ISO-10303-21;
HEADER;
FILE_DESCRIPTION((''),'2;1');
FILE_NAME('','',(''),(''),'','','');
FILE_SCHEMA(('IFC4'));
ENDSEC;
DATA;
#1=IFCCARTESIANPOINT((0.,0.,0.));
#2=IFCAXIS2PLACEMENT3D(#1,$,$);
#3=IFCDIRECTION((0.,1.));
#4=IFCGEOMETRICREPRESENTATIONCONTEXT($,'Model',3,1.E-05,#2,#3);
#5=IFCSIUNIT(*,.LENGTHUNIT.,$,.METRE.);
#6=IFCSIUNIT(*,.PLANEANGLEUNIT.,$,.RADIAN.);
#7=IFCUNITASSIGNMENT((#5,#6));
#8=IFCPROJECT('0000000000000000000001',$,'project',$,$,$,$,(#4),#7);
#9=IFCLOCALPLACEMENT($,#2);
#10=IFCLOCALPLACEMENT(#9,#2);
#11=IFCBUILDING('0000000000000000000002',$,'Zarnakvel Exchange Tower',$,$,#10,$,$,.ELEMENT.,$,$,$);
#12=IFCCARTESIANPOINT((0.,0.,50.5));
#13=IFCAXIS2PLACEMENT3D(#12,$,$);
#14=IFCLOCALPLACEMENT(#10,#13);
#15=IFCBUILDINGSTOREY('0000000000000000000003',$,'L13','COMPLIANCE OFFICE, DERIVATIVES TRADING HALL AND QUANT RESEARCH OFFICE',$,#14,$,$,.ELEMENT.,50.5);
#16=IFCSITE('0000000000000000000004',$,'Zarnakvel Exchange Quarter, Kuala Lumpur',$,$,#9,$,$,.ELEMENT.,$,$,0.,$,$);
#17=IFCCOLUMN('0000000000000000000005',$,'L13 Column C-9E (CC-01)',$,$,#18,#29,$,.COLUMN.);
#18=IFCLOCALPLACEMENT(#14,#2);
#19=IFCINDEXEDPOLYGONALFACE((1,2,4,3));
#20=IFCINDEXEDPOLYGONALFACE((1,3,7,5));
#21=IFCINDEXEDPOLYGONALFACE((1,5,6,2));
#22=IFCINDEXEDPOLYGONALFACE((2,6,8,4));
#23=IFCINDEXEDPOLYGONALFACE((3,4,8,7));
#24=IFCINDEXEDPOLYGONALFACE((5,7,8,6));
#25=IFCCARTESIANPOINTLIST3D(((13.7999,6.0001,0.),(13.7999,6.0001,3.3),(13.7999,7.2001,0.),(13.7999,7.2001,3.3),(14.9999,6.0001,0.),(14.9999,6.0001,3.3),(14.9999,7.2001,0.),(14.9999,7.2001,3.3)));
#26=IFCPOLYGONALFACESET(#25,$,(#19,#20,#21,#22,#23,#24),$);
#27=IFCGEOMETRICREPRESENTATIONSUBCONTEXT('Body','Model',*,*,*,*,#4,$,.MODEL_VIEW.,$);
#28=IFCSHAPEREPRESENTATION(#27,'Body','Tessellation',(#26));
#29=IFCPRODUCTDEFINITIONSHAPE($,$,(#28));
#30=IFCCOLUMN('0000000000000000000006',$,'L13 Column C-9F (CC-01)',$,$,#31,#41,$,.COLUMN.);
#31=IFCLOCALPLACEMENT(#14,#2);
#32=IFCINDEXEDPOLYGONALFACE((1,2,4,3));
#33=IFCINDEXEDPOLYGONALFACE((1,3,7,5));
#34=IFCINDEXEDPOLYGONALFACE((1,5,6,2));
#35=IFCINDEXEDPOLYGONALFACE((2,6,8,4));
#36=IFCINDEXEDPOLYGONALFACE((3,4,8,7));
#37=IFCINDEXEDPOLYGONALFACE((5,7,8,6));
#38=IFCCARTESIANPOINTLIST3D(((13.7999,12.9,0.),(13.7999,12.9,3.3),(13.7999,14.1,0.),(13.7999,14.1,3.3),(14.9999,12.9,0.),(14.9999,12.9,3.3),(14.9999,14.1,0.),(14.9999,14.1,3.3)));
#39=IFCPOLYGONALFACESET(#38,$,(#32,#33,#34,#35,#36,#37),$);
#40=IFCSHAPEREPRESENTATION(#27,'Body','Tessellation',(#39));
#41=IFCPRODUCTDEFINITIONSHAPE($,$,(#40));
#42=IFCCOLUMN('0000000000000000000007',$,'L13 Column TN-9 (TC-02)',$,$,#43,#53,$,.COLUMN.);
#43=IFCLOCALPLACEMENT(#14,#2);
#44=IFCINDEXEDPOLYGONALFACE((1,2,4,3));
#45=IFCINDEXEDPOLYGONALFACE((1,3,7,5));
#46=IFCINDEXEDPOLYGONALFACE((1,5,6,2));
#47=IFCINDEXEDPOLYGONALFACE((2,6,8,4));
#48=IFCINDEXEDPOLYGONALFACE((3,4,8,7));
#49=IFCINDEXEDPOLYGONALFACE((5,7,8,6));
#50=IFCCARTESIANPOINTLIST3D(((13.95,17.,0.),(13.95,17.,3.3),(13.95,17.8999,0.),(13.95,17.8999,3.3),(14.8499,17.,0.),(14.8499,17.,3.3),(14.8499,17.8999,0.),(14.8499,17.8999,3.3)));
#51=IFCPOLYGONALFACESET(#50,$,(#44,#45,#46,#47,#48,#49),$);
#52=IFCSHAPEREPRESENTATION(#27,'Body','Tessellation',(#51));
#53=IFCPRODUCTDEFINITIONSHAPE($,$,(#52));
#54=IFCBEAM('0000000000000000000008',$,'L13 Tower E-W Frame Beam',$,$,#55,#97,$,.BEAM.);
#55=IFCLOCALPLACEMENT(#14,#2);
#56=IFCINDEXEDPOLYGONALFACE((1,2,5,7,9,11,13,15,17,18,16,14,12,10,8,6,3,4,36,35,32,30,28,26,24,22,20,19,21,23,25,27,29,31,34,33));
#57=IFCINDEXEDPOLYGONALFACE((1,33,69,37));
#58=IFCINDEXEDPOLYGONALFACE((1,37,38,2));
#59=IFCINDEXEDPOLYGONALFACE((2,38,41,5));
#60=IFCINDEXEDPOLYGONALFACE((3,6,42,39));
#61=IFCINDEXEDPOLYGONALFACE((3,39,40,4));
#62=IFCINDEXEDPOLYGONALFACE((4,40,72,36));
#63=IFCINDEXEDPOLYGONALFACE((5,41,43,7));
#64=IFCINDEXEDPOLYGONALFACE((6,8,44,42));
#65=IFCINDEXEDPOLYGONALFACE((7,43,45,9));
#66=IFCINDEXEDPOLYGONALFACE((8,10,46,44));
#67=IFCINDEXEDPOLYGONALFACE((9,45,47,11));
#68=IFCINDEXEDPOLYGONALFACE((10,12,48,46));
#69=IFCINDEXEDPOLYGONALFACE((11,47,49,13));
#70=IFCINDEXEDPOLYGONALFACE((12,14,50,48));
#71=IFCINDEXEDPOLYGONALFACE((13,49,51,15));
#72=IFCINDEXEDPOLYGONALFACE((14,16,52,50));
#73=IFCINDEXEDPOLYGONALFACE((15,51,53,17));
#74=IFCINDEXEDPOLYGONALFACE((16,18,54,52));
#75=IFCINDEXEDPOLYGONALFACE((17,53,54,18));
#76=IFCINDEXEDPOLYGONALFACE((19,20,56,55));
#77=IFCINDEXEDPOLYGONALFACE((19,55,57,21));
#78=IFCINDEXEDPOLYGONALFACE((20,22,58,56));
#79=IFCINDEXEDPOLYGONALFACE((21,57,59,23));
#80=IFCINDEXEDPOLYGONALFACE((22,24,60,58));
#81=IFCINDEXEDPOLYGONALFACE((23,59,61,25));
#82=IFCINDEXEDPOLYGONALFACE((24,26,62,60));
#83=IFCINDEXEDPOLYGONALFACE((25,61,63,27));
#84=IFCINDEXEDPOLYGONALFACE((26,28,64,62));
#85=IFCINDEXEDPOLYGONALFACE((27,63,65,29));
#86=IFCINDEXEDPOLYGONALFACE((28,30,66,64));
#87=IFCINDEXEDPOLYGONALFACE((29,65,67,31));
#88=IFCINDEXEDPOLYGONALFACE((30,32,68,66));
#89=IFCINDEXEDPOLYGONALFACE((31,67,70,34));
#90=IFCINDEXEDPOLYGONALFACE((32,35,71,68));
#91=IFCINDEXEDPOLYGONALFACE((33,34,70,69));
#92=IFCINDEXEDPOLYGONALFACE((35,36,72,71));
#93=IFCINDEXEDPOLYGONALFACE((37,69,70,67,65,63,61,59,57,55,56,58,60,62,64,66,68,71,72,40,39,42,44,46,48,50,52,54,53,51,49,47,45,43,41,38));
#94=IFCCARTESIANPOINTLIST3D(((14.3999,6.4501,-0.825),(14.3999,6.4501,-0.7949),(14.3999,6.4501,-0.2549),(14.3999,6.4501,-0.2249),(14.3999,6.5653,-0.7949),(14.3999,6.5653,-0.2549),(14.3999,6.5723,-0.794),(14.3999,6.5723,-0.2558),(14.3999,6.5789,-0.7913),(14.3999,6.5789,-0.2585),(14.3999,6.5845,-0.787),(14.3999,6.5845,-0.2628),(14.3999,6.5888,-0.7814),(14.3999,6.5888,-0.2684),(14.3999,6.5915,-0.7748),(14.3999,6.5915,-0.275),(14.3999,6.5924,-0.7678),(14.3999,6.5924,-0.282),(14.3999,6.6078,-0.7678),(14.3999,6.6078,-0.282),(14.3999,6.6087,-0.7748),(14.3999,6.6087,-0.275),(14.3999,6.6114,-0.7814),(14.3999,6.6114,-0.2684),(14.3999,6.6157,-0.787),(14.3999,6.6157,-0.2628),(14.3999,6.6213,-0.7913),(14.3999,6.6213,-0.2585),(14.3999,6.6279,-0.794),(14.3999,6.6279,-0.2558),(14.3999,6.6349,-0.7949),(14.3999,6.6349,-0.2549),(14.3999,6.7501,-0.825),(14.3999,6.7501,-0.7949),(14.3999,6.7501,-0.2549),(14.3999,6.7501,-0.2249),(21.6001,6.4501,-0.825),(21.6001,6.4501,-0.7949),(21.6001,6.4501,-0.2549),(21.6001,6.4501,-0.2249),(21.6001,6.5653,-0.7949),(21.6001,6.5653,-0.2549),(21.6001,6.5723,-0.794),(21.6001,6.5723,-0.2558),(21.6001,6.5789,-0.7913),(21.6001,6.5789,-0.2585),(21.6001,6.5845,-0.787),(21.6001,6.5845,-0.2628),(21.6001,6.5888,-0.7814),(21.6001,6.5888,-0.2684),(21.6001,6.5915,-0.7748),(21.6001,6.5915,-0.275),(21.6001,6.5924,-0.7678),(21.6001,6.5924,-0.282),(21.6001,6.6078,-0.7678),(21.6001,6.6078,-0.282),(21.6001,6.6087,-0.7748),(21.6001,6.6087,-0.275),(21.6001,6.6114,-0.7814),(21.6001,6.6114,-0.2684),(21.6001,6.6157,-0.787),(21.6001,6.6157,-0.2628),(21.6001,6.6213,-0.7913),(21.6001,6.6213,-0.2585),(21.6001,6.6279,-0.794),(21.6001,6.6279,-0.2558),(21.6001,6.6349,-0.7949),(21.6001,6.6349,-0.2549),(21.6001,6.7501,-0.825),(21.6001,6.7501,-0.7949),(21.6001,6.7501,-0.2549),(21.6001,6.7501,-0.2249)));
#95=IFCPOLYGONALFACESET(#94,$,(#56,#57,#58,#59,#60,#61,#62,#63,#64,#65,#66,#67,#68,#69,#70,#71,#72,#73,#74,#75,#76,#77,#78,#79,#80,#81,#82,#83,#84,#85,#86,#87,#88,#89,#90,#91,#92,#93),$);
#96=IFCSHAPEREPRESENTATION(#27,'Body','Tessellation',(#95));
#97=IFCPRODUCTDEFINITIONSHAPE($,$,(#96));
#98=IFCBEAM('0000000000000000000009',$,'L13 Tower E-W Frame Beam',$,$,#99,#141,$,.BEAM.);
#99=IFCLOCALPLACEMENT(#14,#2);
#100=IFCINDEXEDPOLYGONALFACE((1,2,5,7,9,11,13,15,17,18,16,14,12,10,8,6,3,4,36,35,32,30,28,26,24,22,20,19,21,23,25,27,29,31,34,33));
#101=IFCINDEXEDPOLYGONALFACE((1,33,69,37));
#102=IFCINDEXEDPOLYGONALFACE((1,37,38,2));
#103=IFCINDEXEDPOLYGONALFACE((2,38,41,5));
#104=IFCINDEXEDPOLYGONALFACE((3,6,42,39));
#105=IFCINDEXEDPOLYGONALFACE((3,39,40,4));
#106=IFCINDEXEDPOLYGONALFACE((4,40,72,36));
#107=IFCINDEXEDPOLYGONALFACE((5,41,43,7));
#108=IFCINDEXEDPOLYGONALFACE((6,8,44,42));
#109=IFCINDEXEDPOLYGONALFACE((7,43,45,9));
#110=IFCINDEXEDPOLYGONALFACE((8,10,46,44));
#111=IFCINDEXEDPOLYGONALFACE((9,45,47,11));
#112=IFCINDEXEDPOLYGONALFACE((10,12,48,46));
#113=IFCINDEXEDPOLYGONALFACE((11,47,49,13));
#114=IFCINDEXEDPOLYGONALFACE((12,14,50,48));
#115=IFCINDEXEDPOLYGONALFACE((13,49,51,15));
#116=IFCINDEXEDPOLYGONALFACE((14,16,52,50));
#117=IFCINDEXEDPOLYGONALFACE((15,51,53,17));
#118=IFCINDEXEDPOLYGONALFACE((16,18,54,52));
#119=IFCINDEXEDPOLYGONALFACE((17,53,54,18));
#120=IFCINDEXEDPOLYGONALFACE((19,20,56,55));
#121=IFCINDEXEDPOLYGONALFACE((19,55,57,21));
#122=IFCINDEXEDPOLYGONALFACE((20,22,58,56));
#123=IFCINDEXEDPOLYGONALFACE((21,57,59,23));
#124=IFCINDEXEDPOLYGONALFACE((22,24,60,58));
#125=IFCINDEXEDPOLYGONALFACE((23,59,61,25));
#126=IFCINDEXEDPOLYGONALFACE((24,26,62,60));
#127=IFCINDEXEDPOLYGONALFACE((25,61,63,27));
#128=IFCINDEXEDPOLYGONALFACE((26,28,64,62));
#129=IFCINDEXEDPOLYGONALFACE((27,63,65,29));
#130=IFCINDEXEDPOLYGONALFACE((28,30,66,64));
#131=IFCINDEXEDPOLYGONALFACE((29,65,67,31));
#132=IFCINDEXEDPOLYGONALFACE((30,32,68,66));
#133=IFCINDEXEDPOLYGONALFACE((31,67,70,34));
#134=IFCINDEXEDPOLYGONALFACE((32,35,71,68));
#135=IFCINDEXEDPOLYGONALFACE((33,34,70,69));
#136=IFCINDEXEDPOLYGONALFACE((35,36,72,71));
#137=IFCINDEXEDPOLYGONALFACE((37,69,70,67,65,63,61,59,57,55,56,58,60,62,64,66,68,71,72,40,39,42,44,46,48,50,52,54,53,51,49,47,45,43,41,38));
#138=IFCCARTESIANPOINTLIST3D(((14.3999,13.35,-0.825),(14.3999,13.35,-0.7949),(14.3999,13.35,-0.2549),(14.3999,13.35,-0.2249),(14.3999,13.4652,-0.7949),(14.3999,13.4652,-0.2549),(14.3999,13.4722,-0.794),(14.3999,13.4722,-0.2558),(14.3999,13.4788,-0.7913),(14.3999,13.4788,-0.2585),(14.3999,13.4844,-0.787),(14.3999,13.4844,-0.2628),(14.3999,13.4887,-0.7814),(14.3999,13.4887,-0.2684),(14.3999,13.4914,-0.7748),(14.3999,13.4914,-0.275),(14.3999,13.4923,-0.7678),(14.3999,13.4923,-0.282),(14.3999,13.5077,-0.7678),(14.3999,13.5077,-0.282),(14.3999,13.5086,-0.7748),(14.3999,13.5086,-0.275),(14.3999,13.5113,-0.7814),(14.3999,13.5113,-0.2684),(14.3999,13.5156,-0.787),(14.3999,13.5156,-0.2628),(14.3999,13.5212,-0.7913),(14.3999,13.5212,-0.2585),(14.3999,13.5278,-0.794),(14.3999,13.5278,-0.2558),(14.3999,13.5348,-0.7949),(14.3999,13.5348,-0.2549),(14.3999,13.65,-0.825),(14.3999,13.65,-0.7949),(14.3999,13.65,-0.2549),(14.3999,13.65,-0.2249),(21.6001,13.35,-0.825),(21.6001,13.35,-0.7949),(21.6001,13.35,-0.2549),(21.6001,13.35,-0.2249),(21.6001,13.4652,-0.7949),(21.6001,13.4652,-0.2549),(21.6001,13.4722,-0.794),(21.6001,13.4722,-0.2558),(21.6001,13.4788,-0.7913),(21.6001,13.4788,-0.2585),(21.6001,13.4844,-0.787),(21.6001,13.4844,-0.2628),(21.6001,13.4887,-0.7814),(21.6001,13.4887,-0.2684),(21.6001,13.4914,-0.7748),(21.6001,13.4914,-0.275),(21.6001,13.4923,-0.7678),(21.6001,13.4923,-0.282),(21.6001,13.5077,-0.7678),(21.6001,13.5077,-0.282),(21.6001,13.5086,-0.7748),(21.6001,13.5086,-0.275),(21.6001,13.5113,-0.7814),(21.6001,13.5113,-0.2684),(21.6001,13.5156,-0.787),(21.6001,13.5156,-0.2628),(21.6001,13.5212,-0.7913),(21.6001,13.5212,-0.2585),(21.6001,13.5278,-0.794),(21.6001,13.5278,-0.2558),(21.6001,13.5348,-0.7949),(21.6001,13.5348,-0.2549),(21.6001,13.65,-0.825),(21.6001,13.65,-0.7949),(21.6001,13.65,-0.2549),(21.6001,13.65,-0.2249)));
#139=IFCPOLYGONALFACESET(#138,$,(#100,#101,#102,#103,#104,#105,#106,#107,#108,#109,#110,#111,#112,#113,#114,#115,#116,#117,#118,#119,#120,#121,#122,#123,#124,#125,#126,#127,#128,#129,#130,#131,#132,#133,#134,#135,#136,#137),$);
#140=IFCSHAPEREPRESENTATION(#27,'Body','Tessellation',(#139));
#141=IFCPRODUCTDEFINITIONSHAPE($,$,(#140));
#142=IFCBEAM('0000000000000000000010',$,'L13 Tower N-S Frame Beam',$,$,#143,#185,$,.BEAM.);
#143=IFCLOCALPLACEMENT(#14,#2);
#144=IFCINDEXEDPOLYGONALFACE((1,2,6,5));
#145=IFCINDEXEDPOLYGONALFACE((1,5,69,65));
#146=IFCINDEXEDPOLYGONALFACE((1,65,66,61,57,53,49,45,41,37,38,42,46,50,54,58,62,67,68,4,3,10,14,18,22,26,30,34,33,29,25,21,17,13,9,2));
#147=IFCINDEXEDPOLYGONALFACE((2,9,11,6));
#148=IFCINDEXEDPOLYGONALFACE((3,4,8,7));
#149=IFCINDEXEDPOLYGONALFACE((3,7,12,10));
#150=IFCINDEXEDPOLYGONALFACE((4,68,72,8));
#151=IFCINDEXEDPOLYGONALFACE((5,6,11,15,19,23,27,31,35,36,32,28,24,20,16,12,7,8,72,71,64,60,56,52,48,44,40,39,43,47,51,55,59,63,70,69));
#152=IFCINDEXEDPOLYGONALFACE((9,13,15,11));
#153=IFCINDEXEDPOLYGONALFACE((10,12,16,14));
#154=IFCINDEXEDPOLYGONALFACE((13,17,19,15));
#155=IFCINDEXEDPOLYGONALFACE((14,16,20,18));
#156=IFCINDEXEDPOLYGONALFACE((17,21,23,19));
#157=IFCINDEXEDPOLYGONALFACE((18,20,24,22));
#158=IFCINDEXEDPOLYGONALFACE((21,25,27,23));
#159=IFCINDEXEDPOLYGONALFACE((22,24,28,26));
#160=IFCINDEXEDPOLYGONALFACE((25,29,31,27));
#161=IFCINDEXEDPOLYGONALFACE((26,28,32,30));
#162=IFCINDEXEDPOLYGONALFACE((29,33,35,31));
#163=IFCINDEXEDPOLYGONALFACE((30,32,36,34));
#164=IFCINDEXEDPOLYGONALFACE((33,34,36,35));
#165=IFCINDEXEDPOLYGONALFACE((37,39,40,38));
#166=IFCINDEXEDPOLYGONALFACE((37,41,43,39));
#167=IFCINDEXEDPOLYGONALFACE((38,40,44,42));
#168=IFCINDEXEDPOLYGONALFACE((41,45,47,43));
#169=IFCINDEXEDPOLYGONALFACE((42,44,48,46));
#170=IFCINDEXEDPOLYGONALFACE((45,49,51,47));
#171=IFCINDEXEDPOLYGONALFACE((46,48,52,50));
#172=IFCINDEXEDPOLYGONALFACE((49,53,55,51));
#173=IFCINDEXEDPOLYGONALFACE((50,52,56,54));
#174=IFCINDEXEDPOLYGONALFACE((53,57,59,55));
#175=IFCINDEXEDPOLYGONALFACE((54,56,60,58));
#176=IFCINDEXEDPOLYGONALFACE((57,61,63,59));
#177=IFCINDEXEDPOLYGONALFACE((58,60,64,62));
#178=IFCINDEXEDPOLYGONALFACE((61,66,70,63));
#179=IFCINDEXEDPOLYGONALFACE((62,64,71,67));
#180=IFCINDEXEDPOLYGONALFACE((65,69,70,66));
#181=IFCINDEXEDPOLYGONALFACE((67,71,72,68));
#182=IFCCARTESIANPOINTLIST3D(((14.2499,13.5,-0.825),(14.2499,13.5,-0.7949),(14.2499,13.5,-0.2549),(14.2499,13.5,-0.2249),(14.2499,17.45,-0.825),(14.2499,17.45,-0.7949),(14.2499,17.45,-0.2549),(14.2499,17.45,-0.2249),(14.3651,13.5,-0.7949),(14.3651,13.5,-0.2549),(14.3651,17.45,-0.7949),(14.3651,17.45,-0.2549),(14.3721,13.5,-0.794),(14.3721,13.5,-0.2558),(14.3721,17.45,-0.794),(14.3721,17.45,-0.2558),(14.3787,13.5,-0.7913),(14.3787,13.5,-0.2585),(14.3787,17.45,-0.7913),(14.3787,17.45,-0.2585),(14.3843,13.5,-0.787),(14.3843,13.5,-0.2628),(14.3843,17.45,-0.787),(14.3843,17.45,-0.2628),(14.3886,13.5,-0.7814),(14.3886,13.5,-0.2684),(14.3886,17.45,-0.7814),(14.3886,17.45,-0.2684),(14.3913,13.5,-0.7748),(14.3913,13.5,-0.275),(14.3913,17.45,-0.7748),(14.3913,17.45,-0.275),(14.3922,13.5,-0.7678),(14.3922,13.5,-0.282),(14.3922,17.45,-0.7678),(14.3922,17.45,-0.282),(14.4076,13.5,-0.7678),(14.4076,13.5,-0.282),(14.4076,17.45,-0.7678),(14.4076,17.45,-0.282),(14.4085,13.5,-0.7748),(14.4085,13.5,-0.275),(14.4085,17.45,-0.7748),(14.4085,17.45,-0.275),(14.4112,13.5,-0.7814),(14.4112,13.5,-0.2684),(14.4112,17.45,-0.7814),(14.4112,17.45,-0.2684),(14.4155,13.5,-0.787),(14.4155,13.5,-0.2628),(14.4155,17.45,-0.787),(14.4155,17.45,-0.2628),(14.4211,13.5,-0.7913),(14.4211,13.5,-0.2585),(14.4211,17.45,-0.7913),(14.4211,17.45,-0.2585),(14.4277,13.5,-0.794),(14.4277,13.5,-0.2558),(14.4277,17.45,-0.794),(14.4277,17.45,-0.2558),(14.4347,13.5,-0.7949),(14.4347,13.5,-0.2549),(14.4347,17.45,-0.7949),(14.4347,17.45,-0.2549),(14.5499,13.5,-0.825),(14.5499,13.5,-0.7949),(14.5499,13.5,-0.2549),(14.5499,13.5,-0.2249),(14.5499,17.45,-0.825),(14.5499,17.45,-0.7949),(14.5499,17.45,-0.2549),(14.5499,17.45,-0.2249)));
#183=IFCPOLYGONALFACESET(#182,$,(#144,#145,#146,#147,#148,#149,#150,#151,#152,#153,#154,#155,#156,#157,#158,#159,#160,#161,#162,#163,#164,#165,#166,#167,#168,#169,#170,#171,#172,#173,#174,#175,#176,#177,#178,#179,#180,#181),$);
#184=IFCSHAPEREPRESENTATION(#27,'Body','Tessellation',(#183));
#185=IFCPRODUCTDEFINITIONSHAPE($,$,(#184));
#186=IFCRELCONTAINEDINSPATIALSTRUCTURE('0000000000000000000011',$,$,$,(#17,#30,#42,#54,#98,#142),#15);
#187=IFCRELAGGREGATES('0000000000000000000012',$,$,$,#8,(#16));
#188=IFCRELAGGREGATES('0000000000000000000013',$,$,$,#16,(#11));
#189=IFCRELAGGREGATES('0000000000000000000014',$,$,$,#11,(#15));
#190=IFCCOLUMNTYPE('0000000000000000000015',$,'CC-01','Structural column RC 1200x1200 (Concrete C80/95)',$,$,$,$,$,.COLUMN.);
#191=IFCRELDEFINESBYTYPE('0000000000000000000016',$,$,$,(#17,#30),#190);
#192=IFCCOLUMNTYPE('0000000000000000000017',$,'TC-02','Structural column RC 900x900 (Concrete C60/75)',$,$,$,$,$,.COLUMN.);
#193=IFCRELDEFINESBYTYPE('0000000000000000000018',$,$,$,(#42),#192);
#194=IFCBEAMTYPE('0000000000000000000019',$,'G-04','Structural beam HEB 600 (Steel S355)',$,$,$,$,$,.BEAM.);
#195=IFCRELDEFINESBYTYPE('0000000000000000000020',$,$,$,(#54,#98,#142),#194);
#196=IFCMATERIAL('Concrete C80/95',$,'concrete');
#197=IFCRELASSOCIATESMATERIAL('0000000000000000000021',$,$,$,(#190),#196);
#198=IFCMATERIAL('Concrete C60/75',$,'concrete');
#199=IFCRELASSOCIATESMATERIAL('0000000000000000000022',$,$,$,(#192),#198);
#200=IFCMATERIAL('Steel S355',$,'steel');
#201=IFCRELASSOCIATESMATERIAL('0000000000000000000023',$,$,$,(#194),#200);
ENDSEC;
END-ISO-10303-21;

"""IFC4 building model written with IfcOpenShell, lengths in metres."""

from ifc_helpers import new_model, si_unit, direction, frame, origin, origin_2d, place, context, subcontext, project, spatial, rectangle, i_section, extrude, material, material_profile, profile_set, type_object, element, save


model = new_model("IFC4")

# Units and contexts
model_context = context("Model", 3, precision=1e-05, world=origin(), true_north=direction((0.0, 1.0)))
body_context = subcontext(model_context, "Body", "Model", "MODEL_VIEW")
ifc_project = project(units=[si_unit("LENGTHUNIT", "METRE"), si_unit("PLANEANGLEUNIT", "RADIAN")], contexts=[model_context])

# Site, building, storey
site_placement = place(None, origin())
site = spatial("IfcSite", under=ifc_project, at=site_placement, Name="Zarnakvel Exchange Quarter, Kuala Lumpur", CompositionType="ELEMENT", RefElevation=0.0)
building_placement = place(site_placement, origin())
building = spatial("IfcBuilding", under=site, at=building_placement, Name="Zarnakvel Exchange Tower", CompositionType="ELEMENT")
storey_placement = place(building_placement, frame((0.0, 0.0, 50.5)))
storey = spatial("IfcBuildingStorey", under=building, at=storey_placement, Name="L13", Description="COMPLIANCE OFFICE, DERIVATIVES TRADING HALL AND QUANT RESEARCH OFFICE", CompositionType="ELEMENT", Elevation=50.5)

# Columns
ifc_material_1 = material(Name="Concrete C80/95", Category="concrete")
ifc_material_profile_1 = material_profile(ifc_material_1, rectangle(XDim=1.2, YDim=1.2, at=origin_2d()))
ifc_profile_set_1 = profile_set([ifc_material_profile_1], Name="Concrete C80/95")
column_type_1 = type_object("IfcColumnType", Name="CC-01", Description="Structural column RC 1200x1200 (Concrete C80/95)", PredefinedType="COLUMN", material=ifc_profile_set_1)
for number, where, z_axis, x_axis, name in (
    (1, (14.3999, 6.6001, 0.0), (0.0, 0.0, 1.0), (1.0, 0.0, 0.0), "L13 Column C-9E (CC-01)"),
    (2, (14.3999, 13.5, 0.0), (0.0, 0.0, 1.0), (1.0, 0.0, 0.0), "L13 Column C-9F (CC-01)"),
):
    element("IfcColumn", number, at=place(storey_placement, frame(where, z_axis=z_axis, x_axis=x_axis)), inside=storey, type_object=column_type_1, Name=name, PredefinedType="COLUMN", context=body_context, shape_type="SweptSolid", body=[
        extrude(rectangle(XDim=1.2, YDim=1.2, at=origin_2d()), origin(), (0.0, 0.0, 1.0), 3.3),
    ])
ifc_material_2 = material(Name="Concrete C60/75", Category="concrete")
ifc_material_profile_2 = material_profile(ifc_material_2, rectangle(XDim=0.8999, YDim=0.8999, at=origin_2d()))
ifc_profile_set_2 = profile_set([ifc_material_profile_2], Name="Concrete C60/75")
column_type_2 = type_object("IfcColumnType", Name="TC-02", Description="Structural column RC 900x900 (Concrete C60/75)", PredefinedType="COLUMN", material=ifc_profile_set_2)
column_placement = place(storey_placement, frame((14.3999, 17.45, 0.0), z_axis=(0.0, 0.0, 1.0), x_axis=(1.0, 0.0, 0.0)))
element("IfcColumn", 3, at=column_placement, inside=storey, type_object=column_type_2, Name="L13 Column TN-9 (TC-02)", PredefinedType="COLUMN", context=body_context, shape_type="SweptSolid", body=[
    extrude(rectangle(XDim=0.8999, YDim=0.8999, at=origin_2d()), origin(), (0.0, 0.0, 1.0), 3.3),
])

# Beams
ifc_material_3 = material(Name="Steel S355", Category="steel")
ifc_material_profile_3 = material_profile(ifc_material_3, i_section(OverallWidth=0.3, OverallDepth=0.6001, WebThickness=0.0154, FlangeThickness=0.03, FilletRadius=0.0271, at=origin_2d()))
ifc_profile_set_3 = profile_set([ifc_material_profile_3], Name="Steel S355")
beam_type_1 = type_object("IfcBeamType", Name="G-04", Description="Structural beam HEB 600 (Steel S355)", PredefinedType="BEAM", material=ifc_profile_set_3)
for number, where, z_axis, x_axis, name in (
    (4, (14.3999, 6.6001, -0.5249), (1.0, 0.0, 0.0), (0.0, 1.0, 0.0), "L13 Tower E-W Frame Beam"),
    (5, (14.3999, 13.5, -0.5249), (1.0, 0.0, 0.0), (0.0, 1.0, 0.0), "L13 Tower E-W Frame Beam"),
):
    element("IfcBeam", number, at=place(storey_placement, frame(where, z_axis=z_axis, x_axis=x_axis)), inside=storey, type_object=beam_type_1, Name=name, PredefinedType="BEAM", context=body_context, shape_type="SweptSolid", body=[
        extrude(i_section(OverallWidth=0.3, OverallDepth=0.6001, WebThickness=0.0154, FlangeThickness=0.03, FilletRadius=0.0271, at=origin_2d()), origin(), (0.0, 0.0, 1.0), 7.2002),
    ])
beam_1_placement = place(storey_placement, frame((14.3999, 13.5, -0.5249), z_axis=(0.0, 1.0, 0.0), x_axis=(-1.0, 0.0, 0.0)))
element("IfcBeam", 6, at=beam_1_placement, inside=storey, type_object=beam_type_1, Name="L13 Tower N-S Frame Beam", PredefinedType="BEAM", context=body_context, shape_type="SweptSolid", body=[
    extrude(i_section(OverallWidth=0.3, OverallDepth=0.6001, WebThickness=0.0154, FlangeThickness=0.03, FilletRadius=0.0271, at=origin_2d()), origin(), (0.0, 0.0, 1.0), 3.95),
])

save(model, "model.ifc")
